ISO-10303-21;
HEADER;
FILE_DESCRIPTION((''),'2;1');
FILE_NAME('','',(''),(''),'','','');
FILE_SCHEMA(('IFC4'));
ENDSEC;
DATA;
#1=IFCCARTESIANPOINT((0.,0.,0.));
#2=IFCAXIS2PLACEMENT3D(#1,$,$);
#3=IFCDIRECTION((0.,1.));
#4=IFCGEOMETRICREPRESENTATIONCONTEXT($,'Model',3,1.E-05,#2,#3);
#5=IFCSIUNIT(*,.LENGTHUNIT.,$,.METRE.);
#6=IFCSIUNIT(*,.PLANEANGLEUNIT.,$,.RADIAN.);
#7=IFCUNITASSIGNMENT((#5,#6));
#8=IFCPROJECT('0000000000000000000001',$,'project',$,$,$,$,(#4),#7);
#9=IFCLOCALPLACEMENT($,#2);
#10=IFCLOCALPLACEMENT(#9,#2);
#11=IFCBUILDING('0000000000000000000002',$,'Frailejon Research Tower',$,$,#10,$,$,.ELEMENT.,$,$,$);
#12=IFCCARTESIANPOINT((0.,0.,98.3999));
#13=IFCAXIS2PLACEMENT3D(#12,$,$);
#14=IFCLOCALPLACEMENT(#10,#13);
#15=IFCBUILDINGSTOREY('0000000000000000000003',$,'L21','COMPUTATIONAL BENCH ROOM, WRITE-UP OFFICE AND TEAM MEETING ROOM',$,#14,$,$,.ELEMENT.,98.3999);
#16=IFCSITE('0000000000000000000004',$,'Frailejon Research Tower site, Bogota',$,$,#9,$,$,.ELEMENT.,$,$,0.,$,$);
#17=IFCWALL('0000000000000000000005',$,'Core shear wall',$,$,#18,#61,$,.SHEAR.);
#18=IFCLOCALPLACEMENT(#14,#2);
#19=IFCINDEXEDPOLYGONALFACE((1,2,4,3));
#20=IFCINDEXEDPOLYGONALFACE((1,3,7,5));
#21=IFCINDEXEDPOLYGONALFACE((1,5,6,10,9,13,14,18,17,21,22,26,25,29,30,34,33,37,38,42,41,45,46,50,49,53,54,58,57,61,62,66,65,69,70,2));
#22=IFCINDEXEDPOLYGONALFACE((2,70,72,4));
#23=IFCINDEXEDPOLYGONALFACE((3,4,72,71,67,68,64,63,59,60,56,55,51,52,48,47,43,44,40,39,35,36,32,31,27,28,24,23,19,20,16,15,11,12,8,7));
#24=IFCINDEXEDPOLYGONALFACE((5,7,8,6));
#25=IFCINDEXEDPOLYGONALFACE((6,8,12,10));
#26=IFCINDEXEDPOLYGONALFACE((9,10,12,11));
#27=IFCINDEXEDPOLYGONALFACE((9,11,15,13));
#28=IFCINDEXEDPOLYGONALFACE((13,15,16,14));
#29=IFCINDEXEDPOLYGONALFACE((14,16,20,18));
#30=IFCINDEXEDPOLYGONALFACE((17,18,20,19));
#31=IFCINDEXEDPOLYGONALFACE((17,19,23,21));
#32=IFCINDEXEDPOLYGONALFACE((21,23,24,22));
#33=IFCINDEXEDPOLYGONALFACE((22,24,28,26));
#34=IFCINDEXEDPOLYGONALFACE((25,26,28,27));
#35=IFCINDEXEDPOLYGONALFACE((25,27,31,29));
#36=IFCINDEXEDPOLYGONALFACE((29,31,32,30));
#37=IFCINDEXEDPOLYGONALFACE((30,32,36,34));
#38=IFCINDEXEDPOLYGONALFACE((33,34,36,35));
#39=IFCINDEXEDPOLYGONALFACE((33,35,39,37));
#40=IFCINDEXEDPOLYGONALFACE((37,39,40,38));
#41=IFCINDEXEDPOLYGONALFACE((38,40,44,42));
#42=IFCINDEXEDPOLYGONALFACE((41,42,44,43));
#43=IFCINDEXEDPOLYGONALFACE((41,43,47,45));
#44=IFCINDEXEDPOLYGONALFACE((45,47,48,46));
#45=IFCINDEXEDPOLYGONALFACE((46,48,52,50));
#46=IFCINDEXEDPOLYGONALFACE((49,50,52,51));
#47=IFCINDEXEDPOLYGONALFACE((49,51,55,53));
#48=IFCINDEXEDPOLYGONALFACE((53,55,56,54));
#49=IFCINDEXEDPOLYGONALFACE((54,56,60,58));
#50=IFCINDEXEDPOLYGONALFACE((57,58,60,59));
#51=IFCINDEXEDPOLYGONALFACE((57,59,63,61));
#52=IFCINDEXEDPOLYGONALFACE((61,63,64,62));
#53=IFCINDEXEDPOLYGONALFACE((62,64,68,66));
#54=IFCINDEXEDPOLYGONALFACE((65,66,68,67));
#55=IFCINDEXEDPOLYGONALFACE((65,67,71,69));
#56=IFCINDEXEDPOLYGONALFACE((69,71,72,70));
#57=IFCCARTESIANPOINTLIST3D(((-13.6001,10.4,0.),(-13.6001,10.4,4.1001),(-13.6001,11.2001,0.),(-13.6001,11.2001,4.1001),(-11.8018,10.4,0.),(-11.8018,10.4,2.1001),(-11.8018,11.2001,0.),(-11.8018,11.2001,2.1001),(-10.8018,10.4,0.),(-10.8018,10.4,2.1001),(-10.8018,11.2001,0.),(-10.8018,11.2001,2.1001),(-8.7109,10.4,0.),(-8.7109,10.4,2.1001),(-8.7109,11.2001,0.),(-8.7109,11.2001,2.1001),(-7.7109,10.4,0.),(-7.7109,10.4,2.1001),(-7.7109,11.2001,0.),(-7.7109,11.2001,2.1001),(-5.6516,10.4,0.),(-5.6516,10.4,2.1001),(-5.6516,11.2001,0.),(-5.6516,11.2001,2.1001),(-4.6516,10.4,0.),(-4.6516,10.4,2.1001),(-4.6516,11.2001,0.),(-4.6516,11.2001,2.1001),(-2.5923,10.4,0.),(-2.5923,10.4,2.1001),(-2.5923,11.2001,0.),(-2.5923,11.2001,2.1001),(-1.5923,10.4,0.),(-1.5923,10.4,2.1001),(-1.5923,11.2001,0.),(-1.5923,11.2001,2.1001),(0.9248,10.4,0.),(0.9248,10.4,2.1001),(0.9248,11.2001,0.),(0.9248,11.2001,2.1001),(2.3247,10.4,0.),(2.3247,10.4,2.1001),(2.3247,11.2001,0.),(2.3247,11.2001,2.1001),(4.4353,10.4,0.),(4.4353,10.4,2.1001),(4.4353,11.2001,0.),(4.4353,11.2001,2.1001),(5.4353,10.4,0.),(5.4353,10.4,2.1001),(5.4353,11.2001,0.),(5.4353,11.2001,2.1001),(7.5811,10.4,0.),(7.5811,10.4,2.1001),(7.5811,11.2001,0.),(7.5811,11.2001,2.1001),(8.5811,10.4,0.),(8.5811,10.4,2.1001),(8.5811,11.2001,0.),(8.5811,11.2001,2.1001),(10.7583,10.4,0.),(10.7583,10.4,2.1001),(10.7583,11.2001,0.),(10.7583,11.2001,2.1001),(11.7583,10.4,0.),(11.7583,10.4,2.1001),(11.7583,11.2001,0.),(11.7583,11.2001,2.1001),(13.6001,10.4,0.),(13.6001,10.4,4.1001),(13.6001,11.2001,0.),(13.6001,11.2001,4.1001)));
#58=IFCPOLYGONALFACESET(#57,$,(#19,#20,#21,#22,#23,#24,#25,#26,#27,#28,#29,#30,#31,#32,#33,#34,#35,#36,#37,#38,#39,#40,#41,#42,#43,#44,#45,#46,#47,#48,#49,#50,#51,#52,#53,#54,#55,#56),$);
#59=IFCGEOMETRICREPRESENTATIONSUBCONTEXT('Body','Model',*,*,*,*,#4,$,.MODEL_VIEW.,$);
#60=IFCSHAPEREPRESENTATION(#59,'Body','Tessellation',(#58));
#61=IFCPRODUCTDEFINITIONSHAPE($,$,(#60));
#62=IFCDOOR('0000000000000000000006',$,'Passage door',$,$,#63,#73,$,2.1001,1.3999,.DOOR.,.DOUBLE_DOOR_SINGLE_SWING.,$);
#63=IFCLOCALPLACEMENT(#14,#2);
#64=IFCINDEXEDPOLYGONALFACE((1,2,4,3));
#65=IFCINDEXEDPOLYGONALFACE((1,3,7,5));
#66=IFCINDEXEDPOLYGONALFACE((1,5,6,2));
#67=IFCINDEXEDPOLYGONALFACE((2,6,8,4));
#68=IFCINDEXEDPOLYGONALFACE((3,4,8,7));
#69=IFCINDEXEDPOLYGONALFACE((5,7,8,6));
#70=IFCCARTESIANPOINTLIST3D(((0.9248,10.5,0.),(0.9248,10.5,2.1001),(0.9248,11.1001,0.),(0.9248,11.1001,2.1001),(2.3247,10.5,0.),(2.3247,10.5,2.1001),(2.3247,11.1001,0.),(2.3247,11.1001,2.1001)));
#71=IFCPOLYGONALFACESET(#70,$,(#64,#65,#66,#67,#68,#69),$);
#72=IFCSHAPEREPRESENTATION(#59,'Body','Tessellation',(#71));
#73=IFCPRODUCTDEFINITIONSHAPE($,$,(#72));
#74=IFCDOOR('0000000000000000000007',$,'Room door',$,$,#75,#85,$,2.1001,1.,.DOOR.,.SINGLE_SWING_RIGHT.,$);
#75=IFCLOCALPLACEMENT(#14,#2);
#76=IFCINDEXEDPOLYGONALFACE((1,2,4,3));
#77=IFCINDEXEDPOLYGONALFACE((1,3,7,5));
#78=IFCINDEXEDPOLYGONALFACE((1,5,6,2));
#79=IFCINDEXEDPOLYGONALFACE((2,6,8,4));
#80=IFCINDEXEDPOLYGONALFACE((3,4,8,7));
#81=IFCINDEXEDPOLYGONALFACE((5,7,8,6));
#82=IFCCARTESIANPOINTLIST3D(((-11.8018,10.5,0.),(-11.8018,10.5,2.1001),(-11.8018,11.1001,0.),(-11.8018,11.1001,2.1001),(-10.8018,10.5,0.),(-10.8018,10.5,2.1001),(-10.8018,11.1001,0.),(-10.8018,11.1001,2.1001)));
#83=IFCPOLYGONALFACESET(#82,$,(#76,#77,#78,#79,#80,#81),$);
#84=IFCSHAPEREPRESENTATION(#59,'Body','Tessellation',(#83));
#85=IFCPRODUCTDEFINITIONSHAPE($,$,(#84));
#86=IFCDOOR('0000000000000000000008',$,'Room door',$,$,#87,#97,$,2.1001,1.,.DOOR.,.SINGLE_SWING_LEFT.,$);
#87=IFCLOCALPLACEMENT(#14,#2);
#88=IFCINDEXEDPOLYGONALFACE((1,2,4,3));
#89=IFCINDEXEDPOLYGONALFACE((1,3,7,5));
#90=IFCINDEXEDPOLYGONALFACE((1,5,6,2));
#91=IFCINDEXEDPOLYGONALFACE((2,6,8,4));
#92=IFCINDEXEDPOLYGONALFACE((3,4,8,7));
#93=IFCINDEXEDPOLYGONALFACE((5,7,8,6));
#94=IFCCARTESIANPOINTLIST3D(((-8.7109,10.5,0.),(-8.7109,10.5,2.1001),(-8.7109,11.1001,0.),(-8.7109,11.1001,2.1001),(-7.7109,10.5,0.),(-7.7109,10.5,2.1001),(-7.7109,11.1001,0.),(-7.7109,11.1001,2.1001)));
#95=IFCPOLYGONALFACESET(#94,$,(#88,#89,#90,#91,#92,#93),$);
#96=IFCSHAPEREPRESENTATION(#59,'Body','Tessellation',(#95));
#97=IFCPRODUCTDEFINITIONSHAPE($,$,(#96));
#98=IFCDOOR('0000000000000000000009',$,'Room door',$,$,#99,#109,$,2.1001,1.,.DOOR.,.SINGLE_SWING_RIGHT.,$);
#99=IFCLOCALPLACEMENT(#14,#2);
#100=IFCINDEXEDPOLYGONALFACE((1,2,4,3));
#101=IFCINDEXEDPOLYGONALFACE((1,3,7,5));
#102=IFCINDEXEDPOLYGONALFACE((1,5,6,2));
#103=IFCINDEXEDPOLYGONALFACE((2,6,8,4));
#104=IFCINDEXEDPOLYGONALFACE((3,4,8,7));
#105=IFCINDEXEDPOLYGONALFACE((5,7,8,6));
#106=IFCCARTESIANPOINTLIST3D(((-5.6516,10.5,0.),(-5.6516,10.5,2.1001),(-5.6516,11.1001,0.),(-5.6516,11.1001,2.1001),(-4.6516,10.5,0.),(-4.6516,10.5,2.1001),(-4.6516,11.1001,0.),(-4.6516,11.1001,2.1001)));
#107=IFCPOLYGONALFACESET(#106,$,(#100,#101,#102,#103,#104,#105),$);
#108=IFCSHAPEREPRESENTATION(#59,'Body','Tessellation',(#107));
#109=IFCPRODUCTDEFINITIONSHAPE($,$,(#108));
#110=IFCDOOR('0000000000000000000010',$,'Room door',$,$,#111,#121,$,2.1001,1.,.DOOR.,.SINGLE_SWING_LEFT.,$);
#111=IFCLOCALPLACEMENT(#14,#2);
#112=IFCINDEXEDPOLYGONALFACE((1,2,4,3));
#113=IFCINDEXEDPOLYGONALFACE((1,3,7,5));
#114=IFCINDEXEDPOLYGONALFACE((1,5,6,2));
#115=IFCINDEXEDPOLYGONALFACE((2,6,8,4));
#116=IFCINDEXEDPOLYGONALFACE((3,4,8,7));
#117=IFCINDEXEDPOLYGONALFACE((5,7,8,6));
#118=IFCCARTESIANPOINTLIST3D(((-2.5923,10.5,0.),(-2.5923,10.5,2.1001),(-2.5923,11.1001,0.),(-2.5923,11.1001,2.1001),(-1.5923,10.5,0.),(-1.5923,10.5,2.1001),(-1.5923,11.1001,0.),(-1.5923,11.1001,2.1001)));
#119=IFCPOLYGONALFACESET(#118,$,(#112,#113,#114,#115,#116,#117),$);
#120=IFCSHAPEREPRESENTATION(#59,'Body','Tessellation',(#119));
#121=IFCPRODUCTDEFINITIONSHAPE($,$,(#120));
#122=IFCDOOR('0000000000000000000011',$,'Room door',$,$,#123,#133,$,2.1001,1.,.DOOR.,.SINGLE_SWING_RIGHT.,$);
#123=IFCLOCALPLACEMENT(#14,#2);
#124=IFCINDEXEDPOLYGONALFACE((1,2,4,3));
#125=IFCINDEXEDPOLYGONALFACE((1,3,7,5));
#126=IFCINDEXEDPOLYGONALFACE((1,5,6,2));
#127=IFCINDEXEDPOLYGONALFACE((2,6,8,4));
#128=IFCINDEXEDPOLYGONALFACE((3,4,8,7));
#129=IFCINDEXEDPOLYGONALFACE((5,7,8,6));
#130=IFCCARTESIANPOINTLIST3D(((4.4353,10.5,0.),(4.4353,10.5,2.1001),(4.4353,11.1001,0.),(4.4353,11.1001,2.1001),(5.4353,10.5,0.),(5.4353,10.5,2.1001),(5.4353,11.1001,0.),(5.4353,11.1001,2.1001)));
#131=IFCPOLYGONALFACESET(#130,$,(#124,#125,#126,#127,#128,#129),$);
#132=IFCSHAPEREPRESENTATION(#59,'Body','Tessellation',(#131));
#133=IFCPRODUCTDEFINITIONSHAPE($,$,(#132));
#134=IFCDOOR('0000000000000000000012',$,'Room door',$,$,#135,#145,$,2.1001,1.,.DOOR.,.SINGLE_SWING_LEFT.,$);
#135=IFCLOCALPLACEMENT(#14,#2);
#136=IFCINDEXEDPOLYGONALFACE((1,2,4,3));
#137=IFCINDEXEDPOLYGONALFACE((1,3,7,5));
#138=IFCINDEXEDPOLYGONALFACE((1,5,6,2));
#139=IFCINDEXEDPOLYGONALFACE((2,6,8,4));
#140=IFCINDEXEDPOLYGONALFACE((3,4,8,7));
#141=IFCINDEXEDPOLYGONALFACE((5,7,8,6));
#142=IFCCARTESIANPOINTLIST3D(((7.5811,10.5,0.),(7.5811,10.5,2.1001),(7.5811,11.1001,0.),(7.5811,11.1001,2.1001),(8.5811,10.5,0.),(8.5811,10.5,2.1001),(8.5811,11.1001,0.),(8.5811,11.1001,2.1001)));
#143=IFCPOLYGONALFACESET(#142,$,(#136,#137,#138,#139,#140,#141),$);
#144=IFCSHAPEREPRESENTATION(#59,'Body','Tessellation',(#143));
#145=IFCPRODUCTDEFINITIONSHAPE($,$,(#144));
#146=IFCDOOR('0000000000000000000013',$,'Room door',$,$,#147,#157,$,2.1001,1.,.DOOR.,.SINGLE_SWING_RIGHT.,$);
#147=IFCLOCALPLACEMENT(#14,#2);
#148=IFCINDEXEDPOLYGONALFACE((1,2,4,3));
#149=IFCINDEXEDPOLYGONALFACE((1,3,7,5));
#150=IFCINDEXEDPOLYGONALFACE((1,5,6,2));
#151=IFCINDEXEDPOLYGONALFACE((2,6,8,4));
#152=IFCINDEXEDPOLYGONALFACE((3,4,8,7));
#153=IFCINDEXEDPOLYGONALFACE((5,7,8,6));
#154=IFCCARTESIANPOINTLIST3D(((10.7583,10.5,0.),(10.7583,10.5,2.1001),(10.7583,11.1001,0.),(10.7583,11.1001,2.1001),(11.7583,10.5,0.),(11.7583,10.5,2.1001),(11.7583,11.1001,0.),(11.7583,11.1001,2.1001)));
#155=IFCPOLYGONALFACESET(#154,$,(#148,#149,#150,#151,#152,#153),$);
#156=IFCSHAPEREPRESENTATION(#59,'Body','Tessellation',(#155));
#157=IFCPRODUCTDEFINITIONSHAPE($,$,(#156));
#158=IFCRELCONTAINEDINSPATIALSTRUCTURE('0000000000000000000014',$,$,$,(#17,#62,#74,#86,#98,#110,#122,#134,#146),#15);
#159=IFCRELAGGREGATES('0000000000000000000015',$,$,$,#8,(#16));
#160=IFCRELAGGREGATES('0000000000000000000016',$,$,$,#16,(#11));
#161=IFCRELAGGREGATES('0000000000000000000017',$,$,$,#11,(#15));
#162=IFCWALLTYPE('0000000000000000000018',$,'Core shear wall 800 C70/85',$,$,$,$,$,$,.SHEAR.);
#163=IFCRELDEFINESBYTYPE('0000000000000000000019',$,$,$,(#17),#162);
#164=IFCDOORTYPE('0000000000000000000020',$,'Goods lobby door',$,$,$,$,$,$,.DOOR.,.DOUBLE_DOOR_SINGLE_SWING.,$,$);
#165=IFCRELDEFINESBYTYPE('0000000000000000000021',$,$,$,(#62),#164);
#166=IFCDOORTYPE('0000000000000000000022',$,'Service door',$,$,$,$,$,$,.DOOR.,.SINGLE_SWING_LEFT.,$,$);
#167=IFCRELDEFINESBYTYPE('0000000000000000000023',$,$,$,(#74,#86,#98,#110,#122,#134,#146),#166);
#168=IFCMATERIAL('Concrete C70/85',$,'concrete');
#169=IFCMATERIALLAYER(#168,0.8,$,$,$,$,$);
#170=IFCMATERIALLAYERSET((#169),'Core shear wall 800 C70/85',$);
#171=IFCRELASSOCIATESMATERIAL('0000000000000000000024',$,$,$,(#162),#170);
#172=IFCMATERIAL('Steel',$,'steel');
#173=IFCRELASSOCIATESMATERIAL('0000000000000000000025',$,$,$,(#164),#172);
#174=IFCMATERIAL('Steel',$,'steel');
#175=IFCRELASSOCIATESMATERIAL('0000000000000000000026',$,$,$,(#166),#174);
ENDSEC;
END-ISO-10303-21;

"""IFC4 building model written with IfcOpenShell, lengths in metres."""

from ifc_helpers import new_model, si_unit, direction, frame, frame_2d, origin, place, context, subcontext, project, spatial, rectangle, extrude, material, layer, layer_set, type_object, element, fill, save


model = new_model("IFC4")

# Units and contexts
model_context = context("Model", 3, precision=1e-05, world=origin(), true_north=direction((0.0, 1.0)))
body_context = subcontext(model_context, "Body", "Model", "MODEL_VIEW")
ifc_project = project(units=[si_unit("LENGTHUNIT", "METRE"), si_unit("PLANEANGLEUNIT", "RADIAN")], contexts=[model_context])

# Site, building, storey
site_placement = place(None, origin())
site = spatial("IfcSite", under=ifc_project, at=site_placement, Name="Frailejon Research Tower site, Bogota", CompositionType="ELEMENT", RefElevation=0.0)
building_placement = place(site_placement, origin())
building = spatial("IfcBuilding", under=site, at=building_placement, Name="Frailejon Research Tower", CompositionType="ELEMENT")
storey_placement = place(building_placement, frame((0.0, 0.0, 98.3999)))
storey = spatial("IfcBuildingStorey", under=building, at=storey_placement, Name="L21", Description="COMPUTATIONAL BENCH ROOM, WRITE-UP OFFICE AND TEAM MEETING ROOM", CompositionType="ELEMENT", Elevation=98.3999)

# Wall, openings, doors
ifc_material_1 = material(Name="Concrete C70/85", Category="concrete")
ifc_layer_1 = layer(ifc_material_1, 0.8)
ifc_layer_set_1 = layer_set([ifc_layer_1], Name="Core shear wall 800 C70/85")
wall_type_1 = type_object("IfcWallType", Name="Core shear wall 800 C70/85", PredefinedType="SHEAR", material=ifc_layer_set_1)
wall_1_placement = place(storey_placement, frame((-13.6001, 10.8, 0.0), z_axis=(0.0, 0.0, 1.0), x_axis=(1.0, 0.0, 0.0)))
wall_1 = element("IfcWall", 1, at=wall_1_placement, inside=storey, type_object=wall_type_1, Name="Core shear wall", PredefinedType="SHEAR", context=body_context, shape_type="SweptSolid", body=[
    extrude(rectangle(XDim=27.2002, YDim=0.8, at=frame_2d((13.6001, 0.0))), origin(), (0.0, 0.0, 1.0), 4.1001),
])
opening_1_placement = place(wall_1_placement, frame((1.7983, 0.0, 0.0)))
opening_1 = element("IfcOpeningElement", 2, at=opening_1_placement, cuts=wall_1, PredefinedType="OPENING", context=body_context, shape_type="SweptSolid", body=[
    extrude(rectangle(XDim=1.0, YDim=2.1001, at=frame_2d((0.5, 1.05))), frame((0.0, 0.4099, 0.0), z_axis=(0.0, -1.0, 0.0), x_axis=(1.0, 0.0, 0.0)), (0.0, 0.0, 1.0), 0.8201),
])
opening_2_placement = place(wall_1_placement, frame((4.8892, 0.0, 0.0)))
opening_2 = element("IfcOpeningElement", 3, at=opening_2_placement, cuts=wall_1, PredefinedType="OPENING", context=body_context, shape_type="SweptSolid", body=[
    extrude(rectangle(XDim=1.0, YDim=2.1001, at=frame_2d((0.5, 1.05))), frame((0.0, 0.4099, 0.0), z_axis=(0.0, -1.0, 0.0), x_axis=(1.0, 0.0, 0.0)), (0.0, 0.0, 1.0), 0.8201),
])
opening_3_placement = place(wall_1_placement, frame((7.9485, 0.0, 0.0)))
opening_3 = element("IfcOpeningElement", 4, at=opening_3_placement, cuts=wall_1, PredefinedType="OPENING", context=body_context, shape_type="SweptSolid", body=[
    extrude(rectangle(XDim=1.0, YDim=2.1001, at=frame_2d((0.5, 1.05))), frame((0.0, 0.4099, 0.0), z_axis=(0.0, -1.0, 0.0), x_axis=(1.0, 0.0, 0.0)), (0.0, 0.0, 1.0), 0.8201),
])
opening_4_placement = place(wall_1_placement, frame((11.0078, 0.0, 0.0)))
opening_4 = element("IfcOpeningElement", 5, at=opening_4_placement, cuts=wall_1, PredefinedType="OPENING", context=body_context, shape_type="SweptSolid", body=[
    extrude(rectangle(XDim=1.0, YDim=2.1001, at=frame_2d((0.5, 1.05))), frame((0.0, 0.4099, 0.0), z_axis=(0.0, -1.0, 0.0), x_axis=(1.0, 0.0, 0.0)), (0.0, 0.0, 1.0), 0.8201),
])
opening_5_placement = place(wall_1_placement, frame((18.0354, 0.0, 0.0)))
opening_5 = element("IfcOpeningElement", 6, at=opening_5_placement, cuts=wall_1, PredefinedType="OPENING", context=body_context, shape_type="SweptSolid", body=[
    extrude(rectangle(XDim=1.0, YDim=2.1001, at=frame_2d((0.5, 1.05))), frame((0.0, 0.4099, 0.0), z_axis=(0.0, -1.0, 0.0), x_axis=(1.0, 0.0, 0.0)), (0.0, 0.0, 1.0), 0.8201),
])
opening_6_placement = place(wall_1_placement, frame((21.1812, 0.0, 0.0)))
opening_6 = element("IfcOpeningElement", 7, at=opening_6_placement, cuts=wall_1, PredefinedType="OPENING", context=body_context, shape_type="SweptSolid", body=[
    extrude(rectangle(XDim=1.0, YDim=2.1001, at=frame_2d((0.5, 1.05))), frame((0.0, 0.4099, 0.0), z_axis=(0.0, -1.0, 0.0), x_axis=(1.0, 0.0, 0.0)), (0.0, 0.0, 1.0), 0.8201),
])
opening_7_placement = place(wall_1_placement, frame((24.3584, 0.0, 0.0)))
opening_7 = element("IfcOpeningElement", 8, at=opening_7_placement, cuts=wall_1, PredefinedType="OPENING", context=body_context, shape_type="SweptSolid", body=[
    extrude(rectangle(XDim=1.0, YDim=2.1001, at=frame_2d((0.5, 1.05))), frame((0.0, 0.4099, 0.0), z_axis=(0.0, -1.0, 0.0), x_axis=(1.0, 0.0, 0.0)), (0.0, 0.0, 1.0), 0.8201),
])
opening_8_placement = place(wall_1_placement, frame((14.5249, 0.0, 0.0)))
opening_8 = element("IfcOpeningElement", 9, at=opening_8_placement, cuts=wall_1, PredefinedType="OPENING", context=body_context, shape_type="SweptSolid", body=[
    extrude(rectangle(XDim=1.3999, YDim=2.1001, at=frame_2d((0.7, 1.05))), frame((0.0, 0.4099, 0.0), z_axis=(0.0, -1.0, 0.0), x_axis=(1.0, 0.0, 0.0)), (0.0, 0.0, 1.0), 0.8201),
])
ifc_material_2 = material(Name="Steel", Category="steel")
door_type_1 = type_object("IfcDoorType", Name="Goods lobby door", OperationType="DOUBLE_DOOR_SINGLE_SWING", PredefinedType="DOOR", material=ifc_material_2)
door_1_placement = place(opening_8_placement, origin())
door_1 = element("IfcDoor", 10, at=door_1_placement, inside=storey, type_object=door_type_1, Name="Passage door", OperationType="DOUBLE_DOOR_SINGLE_SWING", OverallHeight=2.1001, OverallWidth=1.3999, PredefinedType="DOOR", context=body_context, shape_type="SweptSolid", body=[
    extrude(rectangle(XDim=1.3999, YDim=2.1001, at=frame_2d((0.7, 1.05))), frame((0.0, 0.3, 0.0), z_axis=(0.0, -1.0, 0.0), x_axis=(1.0, 0.0, 0.0)), (0.0, 0.0, 1.0), 0.6001),
])
fill(opening_8, door_1)
ifc_material_3 = material(Name="Steel", Category="steel")
door_type_2 = type_object("IfcDoorType", Name="Service door", OperationType="SINGLE_SWING_LEFT", PredefinedType="DOOR", material=ifc_material_3)
door_2_placement = place(opening_1_placement, origin())
door_2 = element("IfcDoor", 11, at=door_2_placement, inside=storey, type_object=door_type_2, Name="Room door", OperationType="SINGLE_SWING_RIGHT", OverallHeight=2.1001, OverallWidth=1.0, PredefinedType="DOOR", context=body_context, shape_type="SweptSolid", body=[
    extrude(rectangle(XDim=1.0, YDim=2.1001, at=frame_2d((0.5, 1.05))), frame((0.0, 0.3, 0.0), z_axis=(0.0, -1.0, 0.0), x_axis=(1.0, 0.0, 0.0)), (0.0, 0.0, 1.0), 0.6001),
])
fill(opening_1, door_2)
door_3_placement = place(opening_2_placement, origin())
door_3 = element("IfcDoor", 12, at=door_3_placement, inside=storey, type_object=door_type_2, Name="Room door", OperationType="SINGLE_SWING_LEFT", OverallHeight=2.1001, OverallWidth=1.0, PredefinedType="DOOR", context=body_context, shape_type="SweptSolid", body=[
    extrude(rectangle(XDim=1.0, YDim=2.1001, at=frame_2d((0.5, 1.05))), frame((0.0, 0.3, 0.0), z_axis=(0.0, -1.0, 0.0), x_axis=(1.0, 0.0, 0.0)), (0.0, 0.0, 1.0), 0.6001),
])
fill(opening_2, door_3)
door_4_placement = place(opening_3_placement, origin())
door_4 = element("IfcDoor", 13, at=door_4_placement, inside=storey, type_object=door_type_2, Name="Room door", OperationType="SINGLE_SWING_RIGHT", OverallHeight=2.1001, OverallWidth=1.0, PredefinedType="DOOR", context=body_context, shape_type="SweptSolid", body=[
    extrude(rectangle(XDim=1.0, YDim=2.1001, at=frame_2d((0.5, 1.05))), frame((0.0, 0.3, 0.0), z_axis=(0.0, -1.0, 0.0), x_axis=(1.0, 0.0, 0.0)), (0.0, 0.0, 1.0), 0.6001),
])
fill(opening_3, door_4)
door_5_placement = place(opening_4_placement, origin())
door_5 = element("IfcDoor", 14, at=door_5_placement, inside=storey, type_object=door_type_2, Name="Room door", OperationType="SINGLE_SWING_LEFT", OverallHeight=2.1001, OverallWidth=1.0, PredefinedType="DOOR", context=body_context, shape_type="SweptSolid", body=[
    extrude(rectangle(XDim=1.0, YDim=2.1001, at=frame_2d((0.5, 1.05))), frame((0.0, 0.3, 0.0), z_axis=(0.0, -1.0, 0.0), x_axis=(1.0, 0.0, 0.0)), (0.0, 0.0, 1.0), 0.6001),
])
fill(opening_4, door_5)
door_6_placement = place(opening_5_placement, origin())
door_6 = element("IfcDoor", 15, at=door_6_placement, inside=storey, type_object=door_type_2, Name="Room door", OperationType="SINGLE_SWING_RIGHT", OverallHeight=2.1001, OverallWidth=1.0, PredefinedType="DOOR", context=body_context, shape_type="SweptSolid", body=[
    extrude(rectangle(XDim=1.0, YDim=2.1001, at=frame_2d((0.5, 1.05))), frame((0.0, 0.3, 0.0), z_axis=(0.0, -1.0, 0.0), x_axis=(1.0, 0.0, 0.0)), (0.0, 0.0, 1.0), 0.6001),
])
fill(opening_5, door_6)
door_7_placement = place(opening_6_placement, origin())
door_7 = element("IfcDoor", 16, at=door_7_placement, inside=storey, type_object=door_type_2, Name="Room door", OperationType="SINGLE_SWING_LEFT", OverallHeight=2.1001, OverallWidth=1.0, PredefinedType="DOOR", context=body_context, shape_type="SweptSolid", body=[
    extrude(rectangle(XDim=1.0, YDim=2.1001, at=frame_2d((0.5, 1.05))), frame((0.0, 0.3, 0.0), z_axis=(0.0, -1.0, 0.0), x_axis=(1.0, 0.0, 0.0)), (0.0, 0.0, 1.0), 0.6001),
])
fill(opening_6, door_7)
door_8_placement = place(opening_7_placement, origin())
door_8 = element("IfcDoor", 17, at=door_8_placement, inside=storey, type_object=door_type_2, Name="Room door", OperationType="SINGLE_SWING_RIGHT", OverallHeight=2.1001, OverallWidth=1.0, PredefinedType="DOOR", context=body_context, shape_type="SweptSolid", body=[
    extrude(rectangle(XDim=1.0, YDim=2.1001, at=frame_2d((0.5, 1.05))), frame((0.0, 0.3, 0.0), z_axis=(0.0, -1.0, 0.0), x_axis=(1.0, 0.0, 0.0)), (0.0, 0.0, 1.0), 0.6001),
])
fill(opening_7, door_8)

save(model, "model.ifc")
